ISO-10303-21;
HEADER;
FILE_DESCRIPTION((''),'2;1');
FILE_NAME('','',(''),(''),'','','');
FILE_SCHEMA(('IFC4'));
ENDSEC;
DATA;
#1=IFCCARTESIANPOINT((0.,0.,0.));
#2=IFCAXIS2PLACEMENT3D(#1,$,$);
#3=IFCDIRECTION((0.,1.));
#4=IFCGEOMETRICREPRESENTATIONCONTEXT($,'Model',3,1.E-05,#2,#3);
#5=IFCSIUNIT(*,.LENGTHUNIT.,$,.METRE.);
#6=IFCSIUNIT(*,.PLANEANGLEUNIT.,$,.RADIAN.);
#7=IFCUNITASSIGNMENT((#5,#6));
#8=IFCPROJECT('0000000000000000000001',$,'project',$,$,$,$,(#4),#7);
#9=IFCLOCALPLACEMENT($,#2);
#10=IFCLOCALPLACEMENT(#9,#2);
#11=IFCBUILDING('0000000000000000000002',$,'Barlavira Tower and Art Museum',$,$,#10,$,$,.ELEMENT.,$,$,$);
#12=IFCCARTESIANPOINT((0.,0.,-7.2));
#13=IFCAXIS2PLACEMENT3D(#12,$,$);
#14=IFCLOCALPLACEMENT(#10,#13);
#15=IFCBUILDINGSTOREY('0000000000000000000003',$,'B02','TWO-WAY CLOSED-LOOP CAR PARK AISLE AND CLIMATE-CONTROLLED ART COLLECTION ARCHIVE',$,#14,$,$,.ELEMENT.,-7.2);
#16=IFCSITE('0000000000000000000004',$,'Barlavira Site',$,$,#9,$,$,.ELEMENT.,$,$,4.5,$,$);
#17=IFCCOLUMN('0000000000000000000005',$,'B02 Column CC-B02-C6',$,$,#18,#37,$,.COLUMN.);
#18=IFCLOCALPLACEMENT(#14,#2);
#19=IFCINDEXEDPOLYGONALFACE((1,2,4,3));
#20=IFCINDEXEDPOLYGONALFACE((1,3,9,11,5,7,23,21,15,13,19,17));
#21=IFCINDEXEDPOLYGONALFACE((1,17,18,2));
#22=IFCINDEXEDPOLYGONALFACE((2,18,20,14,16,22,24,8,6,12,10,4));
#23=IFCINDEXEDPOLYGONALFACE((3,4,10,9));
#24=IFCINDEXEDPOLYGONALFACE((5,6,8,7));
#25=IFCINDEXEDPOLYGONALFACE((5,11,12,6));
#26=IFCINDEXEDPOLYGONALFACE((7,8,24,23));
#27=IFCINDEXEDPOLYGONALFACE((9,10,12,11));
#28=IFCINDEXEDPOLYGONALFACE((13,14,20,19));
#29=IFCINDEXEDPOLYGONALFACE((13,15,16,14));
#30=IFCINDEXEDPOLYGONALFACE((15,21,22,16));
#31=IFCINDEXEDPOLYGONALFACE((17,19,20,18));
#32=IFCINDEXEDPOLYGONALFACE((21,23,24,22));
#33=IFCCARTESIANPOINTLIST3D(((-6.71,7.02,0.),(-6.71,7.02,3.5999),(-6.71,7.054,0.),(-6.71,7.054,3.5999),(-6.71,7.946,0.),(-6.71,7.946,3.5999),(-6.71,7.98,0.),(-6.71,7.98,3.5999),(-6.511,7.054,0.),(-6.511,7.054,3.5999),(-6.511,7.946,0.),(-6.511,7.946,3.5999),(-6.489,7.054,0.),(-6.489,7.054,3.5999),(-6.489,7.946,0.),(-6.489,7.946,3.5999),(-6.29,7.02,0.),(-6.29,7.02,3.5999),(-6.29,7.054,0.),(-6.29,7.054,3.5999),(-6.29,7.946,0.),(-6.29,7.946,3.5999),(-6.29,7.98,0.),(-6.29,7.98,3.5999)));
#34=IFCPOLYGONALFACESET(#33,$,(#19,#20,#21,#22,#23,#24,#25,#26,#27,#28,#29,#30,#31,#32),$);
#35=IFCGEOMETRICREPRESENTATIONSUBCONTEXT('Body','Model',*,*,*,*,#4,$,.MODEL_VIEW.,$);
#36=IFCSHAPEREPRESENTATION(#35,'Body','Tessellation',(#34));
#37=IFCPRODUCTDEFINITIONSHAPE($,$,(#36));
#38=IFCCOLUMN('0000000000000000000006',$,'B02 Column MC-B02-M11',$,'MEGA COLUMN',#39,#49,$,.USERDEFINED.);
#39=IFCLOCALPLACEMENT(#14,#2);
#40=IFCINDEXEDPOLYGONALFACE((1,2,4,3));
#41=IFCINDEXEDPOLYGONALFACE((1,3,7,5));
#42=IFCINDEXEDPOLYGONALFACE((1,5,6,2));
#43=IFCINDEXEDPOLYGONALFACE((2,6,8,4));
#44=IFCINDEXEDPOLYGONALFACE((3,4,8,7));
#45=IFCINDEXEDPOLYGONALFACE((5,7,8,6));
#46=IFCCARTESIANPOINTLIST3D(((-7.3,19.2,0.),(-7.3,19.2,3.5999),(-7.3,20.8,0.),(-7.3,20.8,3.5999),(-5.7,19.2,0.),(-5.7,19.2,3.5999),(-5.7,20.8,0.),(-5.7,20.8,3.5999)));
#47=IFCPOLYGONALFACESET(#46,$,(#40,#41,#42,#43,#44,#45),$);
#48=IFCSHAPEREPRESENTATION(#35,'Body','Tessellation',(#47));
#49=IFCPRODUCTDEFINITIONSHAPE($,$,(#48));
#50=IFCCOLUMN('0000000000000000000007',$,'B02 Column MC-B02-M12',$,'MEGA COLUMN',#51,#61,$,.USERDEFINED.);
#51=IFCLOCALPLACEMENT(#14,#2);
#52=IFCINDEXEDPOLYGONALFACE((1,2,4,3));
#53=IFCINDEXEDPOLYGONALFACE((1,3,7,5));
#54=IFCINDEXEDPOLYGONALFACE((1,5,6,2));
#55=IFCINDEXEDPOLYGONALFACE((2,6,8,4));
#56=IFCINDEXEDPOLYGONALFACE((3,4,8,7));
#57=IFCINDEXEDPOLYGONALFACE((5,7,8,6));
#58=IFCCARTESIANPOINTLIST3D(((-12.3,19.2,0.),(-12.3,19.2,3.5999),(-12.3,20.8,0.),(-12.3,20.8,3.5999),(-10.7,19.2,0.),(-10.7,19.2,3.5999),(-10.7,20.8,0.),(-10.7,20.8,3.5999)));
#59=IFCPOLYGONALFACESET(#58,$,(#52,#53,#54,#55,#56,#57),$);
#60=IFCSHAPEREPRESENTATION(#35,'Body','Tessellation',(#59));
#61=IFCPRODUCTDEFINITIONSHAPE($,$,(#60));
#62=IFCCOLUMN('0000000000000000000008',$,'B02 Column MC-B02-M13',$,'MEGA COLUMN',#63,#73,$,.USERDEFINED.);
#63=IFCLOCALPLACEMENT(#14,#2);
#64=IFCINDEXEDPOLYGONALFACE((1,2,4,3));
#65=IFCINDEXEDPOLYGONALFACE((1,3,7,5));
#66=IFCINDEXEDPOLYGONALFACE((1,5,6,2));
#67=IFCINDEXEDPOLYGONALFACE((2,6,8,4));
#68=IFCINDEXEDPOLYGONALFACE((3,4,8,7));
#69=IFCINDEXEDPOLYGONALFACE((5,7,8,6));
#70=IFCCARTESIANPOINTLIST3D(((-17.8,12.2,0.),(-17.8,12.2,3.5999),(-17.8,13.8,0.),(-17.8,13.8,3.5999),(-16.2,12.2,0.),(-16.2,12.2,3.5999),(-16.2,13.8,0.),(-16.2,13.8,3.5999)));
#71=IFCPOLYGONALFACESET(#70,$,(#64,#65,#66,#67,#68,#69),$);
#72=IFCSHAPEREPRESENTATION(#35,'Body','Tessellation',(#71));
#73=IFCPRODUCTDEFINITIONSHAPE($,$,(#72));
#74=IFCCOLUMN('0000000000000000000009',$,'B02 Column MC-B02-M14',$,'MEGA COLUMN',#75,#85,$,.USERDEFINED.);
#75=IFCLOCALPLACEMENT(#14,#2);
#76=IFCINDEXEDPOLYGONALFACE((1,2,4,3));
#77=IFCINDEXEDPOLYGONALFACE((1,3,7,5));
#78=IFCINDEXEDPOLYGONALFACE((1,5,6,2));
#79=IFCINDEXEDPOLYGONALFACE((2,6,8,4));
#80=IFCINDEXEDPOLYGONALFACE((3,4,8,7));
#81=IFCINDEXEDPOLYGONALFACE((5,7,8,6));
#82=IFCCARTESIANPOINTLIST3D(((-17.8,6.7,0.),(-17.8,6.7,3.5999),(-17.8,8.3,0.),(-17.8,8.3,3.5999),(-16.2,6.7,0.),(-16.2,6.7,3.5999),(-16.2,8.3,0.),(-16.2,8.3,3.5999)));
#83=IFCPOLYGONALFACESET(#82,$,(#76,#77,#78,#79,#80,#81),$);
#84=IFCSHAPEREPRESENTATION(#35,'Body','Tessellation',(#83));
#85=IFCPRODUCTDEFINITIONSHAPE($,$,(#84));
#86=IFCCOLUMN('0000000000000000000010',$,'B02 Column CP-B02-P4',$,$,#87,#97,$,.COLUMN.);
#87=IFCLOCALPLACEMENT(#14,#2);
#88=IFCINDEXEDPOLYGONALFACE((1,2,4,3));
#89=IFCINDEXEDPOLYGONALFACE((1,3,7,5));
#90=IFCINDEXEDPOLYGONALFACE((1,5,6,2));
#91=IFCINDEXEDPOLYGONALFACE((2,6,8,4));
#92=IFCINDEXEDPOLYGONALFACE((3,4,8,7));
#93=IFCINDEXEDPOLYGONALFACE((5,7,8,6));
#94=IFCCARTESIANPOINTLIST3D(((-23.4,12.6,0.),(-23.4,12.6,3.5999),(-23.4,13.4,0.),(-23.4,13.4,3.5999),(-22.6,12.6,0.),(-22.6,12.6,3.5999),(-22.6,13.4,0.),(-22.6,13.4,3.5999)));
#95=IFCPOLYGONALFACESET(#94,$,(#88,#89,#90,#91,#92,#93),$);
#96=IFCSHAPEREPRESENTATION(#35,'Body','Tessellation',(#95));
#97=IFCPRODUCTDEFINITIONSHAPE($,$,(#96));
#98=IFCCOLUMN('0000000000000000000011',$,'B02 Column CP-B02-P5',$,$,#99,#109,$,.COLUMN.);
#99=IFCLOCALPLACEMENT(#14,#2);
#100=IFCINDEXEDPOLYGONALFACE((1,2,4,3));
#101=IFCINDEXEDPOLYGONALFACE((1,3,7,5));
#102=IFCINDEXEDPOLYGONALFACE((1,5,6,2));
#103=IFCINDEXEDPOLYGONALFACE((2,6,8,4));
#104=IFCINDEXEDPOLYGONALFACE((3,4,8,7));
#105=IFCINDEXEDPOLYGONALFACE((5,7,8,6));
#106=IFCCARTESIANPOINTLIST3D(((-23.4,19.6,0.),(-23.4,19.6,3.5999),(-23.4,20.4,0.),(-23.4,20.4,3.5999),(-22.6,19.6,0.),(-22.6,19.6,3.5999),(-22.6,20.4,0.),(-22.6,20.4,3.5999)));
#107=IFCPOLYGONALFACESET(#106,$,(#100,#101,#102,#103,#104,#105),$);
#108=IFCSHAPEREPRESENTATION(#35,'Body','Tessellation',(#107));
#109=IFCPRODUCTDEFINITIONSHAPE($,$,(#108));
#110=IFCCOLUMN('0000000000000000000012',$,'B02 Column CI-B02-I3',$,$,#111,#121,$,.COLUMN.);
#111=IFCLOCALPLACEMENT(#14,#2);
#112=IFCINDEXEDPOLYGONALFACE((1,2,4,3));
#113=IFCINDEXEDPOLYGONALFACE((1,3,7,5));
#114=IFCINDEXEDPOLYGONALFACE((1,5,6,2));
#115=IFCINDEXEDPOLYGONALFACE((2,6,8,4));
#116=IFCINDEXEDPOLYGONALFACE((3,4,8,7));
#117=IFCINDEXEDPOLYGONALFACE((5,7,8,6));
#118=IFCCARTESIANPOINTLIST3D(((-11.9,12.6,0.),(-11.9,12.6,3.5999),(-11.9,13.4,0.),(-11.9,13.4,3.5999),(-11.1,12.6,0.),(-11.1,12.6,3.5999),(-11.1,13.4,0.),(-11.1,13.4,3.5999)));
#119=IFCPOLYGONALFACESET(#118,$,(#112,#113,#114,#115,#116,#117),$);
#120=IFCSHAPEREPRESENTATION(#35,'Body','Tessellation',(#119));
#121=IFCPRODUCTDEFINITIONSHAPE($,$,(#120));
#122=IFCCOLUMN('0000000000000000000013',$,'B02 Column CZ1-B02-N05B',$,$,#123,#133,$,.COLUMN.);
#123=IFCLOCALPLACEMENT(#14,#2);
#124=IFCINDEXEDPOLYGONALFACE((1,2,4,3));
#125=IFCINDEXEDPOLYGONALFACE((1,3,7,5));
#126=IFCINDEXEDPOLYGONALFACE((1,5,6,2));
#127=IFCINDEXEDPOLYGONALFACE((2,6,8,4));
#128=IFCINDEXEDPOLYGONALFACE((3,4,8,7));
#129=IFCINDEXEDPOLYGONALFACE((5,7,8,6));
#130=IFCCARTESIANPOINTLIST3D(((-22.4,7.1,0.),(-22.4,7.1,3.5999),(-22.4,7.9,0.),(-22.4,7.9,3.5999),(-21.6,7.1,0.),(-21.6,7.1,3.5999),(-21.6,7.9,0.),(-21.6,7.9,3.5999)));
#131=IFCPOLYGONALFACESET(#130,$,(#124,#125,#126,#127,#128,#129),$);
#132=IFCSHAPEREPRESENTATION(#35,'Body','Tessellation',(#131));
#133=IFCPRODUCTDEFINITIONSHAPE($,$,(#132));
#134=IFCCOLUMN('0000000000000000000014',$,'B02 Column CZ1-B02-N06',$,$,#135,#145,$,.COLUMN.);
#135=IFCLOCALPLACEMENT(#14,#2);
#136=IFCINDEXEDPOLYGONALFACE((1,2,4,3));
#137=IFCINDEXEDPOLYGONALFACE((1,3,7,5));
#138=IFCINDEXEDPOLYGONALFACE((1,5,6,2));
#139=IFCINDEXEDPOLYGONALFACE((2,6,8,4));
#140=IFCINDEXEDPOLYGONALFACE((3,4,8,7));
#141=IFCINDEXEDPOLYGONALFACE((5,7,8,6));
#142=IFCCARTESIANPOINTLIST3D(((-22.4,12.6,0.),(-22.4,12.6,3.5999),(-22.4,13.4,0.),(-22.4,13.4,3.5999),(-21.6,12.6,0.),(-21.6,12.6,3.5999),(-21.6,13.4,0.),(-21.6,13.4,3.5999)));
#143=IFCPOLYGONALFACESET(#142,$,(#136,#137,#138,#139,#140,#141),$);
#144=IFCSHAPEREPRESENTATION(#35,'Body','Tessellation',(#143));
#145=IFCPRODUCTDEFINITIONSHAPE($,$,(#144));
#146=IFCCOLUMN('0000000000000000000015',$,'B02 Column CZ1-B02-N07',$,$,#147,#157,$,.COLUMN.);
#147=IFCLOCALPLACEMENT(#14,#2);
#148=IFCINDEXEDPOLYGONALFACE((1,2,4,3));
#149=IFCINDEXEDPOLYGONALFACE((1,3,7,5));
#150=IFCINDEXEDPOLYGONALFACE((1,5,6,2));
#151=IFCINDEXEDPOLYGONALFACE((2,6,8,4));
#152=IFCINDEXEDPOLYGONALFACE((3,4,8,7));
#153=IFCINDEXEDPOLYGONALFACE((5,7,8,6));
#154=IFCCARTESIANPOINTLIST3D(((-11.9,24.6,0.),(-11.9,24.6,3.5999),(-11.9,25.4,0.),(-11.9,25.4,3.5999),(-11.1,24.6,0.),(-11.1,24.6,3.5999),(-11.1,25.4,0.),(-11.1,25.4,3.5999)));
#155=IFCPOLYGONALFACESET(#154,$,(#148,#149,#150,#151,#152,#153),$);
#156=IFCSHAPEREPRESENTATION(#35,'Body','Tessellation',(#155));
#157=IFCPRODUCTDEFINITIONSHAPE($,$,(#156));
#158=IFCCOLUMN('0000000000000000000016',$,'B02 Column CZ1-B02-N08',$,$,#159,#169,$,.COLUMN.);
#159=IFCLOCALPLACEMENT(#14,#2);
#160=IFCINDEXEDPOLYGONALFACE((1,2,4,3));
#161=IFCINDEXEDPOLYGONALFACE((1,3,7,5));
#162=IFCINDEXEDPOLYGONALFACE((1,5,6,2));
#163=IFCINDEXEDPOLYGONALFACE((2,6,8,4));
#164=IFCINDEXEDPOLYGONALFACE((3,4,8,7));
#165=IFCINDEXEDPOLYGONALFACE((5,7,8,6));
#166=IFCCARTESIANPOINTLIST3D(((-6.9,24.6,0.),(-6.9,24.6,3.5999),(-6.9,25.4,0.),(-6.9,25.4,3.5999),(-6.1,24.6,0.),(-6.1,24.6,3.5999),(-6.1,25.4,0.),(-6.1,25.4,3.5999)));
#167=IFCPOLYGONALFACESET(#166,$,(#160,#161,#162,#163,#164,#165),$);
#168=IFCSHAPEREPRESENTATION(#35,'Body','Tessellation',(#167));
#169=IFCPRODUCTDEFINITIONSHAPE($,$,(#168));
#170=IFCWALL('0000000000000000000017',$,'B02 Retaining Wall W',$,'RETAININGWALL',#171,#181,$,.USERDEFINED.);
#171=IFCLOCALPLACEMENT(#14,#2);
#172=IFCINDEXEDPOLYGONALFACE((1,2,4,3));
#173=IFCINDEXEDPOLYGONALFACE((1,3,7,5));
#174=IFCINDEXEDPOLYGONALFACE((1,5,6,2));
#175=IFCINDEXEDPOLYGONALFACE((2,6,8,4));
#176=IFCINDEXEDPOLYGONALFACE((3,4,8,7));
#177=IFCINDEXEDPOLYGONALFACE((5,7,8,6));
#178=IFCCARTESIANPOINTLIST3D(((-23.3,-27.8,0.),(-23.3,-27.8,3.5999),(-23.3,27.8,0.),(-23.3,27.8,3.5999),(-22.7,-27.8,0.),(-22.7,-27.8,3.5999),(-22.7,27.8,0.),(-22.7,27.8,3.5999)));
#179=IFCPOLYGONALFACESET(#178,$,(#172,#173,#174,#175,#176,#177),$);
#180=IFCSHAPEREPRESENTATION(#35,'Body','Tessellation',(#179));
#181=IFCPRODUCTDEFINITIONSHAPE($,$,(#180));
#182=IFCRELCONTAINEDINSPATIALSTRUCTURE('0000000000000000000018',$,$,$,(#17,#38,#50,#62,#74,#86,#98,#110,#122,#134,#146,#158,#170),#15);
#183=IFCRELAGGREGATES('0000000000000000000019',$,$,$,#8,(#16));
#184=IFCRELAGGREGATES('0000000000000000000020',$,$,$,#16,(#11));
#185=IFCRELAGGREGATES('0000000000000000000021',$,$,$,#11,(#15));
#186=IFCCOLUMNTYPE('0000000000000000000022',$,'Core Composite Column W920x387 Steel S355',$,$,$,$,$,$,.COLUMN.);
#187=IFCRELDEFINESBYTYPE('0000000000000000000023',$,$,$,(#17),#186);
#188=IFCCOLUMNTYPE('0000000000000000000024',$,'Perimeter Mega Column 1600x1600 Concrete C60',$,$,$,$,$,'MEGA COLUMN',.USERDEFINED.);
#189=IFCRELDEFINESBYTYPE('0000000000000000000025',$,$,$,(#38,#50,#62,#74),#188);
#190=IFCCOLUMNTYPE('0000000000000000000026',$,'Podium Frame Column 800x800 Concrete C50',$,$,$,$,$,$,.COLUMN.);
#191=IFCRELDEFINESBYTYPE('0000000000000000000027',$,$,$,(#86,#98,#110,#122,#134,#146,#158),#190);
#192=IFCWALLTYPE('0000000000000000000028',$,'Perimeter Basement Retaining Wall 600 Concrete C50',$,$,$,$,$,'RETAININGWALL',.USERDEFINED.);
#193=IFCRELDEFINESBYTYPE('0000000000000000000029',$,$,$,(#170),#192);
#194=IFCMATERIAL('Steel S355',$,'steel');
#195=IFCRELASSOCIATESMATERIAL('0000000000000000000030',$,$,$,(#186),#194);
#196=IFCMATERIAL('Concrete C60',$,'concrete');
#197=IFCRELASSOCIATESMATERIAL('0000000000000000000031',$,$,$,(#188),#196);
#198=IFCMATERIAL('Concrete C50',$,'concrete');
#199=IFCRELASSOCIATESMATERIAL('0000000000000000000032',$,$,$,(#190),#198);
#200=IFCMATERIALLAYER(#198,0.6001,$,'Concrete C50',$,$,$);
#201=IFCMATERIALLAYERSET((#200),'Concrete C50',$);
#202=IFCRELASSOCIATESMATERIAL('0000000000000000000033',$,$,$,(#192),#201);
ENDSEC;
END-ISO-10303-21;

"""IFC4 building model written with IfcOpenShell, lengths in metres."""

from ifc_helpers import new_model, si_unit, direction, frame, frame_2d, origin, origin_2d, place, context, subcontext, project, spatial, rectangle, i_section, extrude, material, layer, layer_set, material_profile, profile_set, type_object, element, save


model = new_model("IFC4")

# Units and contexts
model_context = context("Model", 3, precision=1e-05, world=origin(), true_north=direction((0.0, 1.0)))
body_context = subcontext(model_context, "Body", "Model", "MODEL_VIEW")
ifc_project = project(units=[si_unit("LENGTHUNIT", "METRE"), si_unit("PLANEANGLEUNIT", "RADIAN")], contexts=[model_context])

# Site, building, storey
site_placement = place(None, origin())
site = spatial("IfcSite", under=ifc_project, at=site_placement, Name="Barlavira Site", CompositionType="ELEMENT", RefElevation=4.5)
building_placement = place(site_placement, origin())
building = spatial("IfcBuilding", under=site, at=building_placement, Name="Barlavira Tower and Art Museum", CompositionType="ELEMENT")
storey_placement = place(building_placement, frame((0.0, 0.0, -7.2)))
storey = spatial("IfcBuildingStorey", under=building, at=storey_placement, Name="B02", Description="TWO-WAY CLOSED-LOOP CAR PARK AISLE AND CLIMATE-CONTROLLED ART COLLECTION ARCHIVE", CompositionType="ELEMENT", Elevation=-7.2)

# Shared definitions
ifc_material_1 = material(Name="Concrete C50", Category="concrete")

# Columns
ifc_material_2 = material(Name="Steel S355", Category="steel")
ifc_material_profile_1 = material_profile(ifc_material_2, i_section(OverallWidth=0.4199, OverallDepth=0.96, WebThickness=0.022, FlangeThickness=0.0339, at=origin_2d()), Name="W920x387.0")
ifc_profile_set_1 = profile_set([ifc_material_profile_1], Name="Steel S355")
column_type_1 = type_object("IfcColumnType", Name="Core Composite Column W920x387 Steel S355", PredefinedType="COLUMN", material=ifc_profile_set_1)
column_placement = place(storey_placement, frame((-6.5, 7.5, 0.0), z_axis=(0.0, 0.0, 1.0), x_axis=(1.0, 0.0, 0.0)))
element("IfcColumn", 1, at=column_placement, inside=storey, type_object=column_type_1, Name="B02 Column CC-B02-C6", PredefinedType="COLUMN", context=body_context, shape_type="SweptSolid", body=[
    extrude(i_section(OverallWidth=0.4199, OverallDepth=0.96, WebThickness=0.022, FlangeThickness=0.0339, at=origin_2d()), origin(), (0.0, 0.0, 1.0), 3.5999),
])
ifc_material_3 = material(Name="Concrete C60", Category="concrete")
ifc_material_profile_2 = material_profile(ifc_material_3, rectangle(XDim=1.6001, YDim=1.6001, at=origin_2d()), Name="RC-MCOL 1600x1600")
ifc_profile_set_2 = profile_set([ifc_material_profile_2], Name="Concrete C60")
column_type_2 = type_object("IfcColumnType", Name="Perimeter Mega Column 1600x1600 Concrete C60", ElementType="MEGA COLUMN", PredefinedType="USERDEFINED", material=ifc_profile_set_2)
for number, where, z_axis, x_axis, name in (
    (2, (-6.5, 20.0, 0.0), (0.0, 0.0, 1.0), (1.0, 0.0, 0.0), "B02 Column MC-B02-M11"),
    (3, (-11.5, 20.0, 0.0), (0.0, 0.0, 1.0), (1.0, 0.0, 0.0), "B02 Column MC-B02-M12"),
    (4, (-17.0, 13.0, 0.0), (0.0, 0.0, 1.0), (1.0, 0.0, 0.0), "B02 Column MC-B02-M13"),
    (5, (-17.0, 7.5, 0.0), (0.0, 0.0, 1.0), (1.0, 0.0, 0.0), "B02 Column MC-B02-M14"),
):
    element("IfcColumn", number, at=place(storey_placement, frame(where, z_axis=z_axis, x_axis=x_axis)), inside=storey, type_object=column_type_2, Name=name, ObjectType="MEGA COLUMN", PredefinedType="USERDEFINED", context=body_context, shape_type="SweptSolid", body=[
        extrude(rectangle(XDim=1.6001, YDim=1.6001, at=origin_2d()), origin(), (0.0, 0.0, 1.0), 3.5999),
    ])
ifc_material_profile_3 = material_profile(ifc_material_1, rectangle(XDim=0.8, YDim=0.8, at=origin_2d()), Name="RC-COL 800x800")
ifc_profile_set_3 = profile_set([ifc_material_profile_3], Name="Concrete C50")
column_type_3 = type_object("IfcColumnType", Name="Podium Frame Column 800x800 Concrete C50", PredefinedType="COLUMN", material=ifc_profile_set_3)
for number, where, z_axis, x_axis, name in (
    (6, (-23.0, 13.0, 0.0), (0.0, 0.0, 1.0), (1.0, 0.0, 0.0), "B02 Column CP-B02-P4"),
    (7, (-23.0, 20.0, 0.0), (0.0, 0.0, 1.0), (1.0, 0.0, 0.0), "B02 Column CP-B02-P5"),
    (8, (-11.5, 13.0, 0.0), (0.0, 0.0, 1.0), (1.0, 0.0, 0.0), "B02 Column CI-B02-I3"),
    (9, (-22.0, 7.5, 0.0), (0.0, 0.0, 1.0), (1.0, 0.0, 0.0), "B02 Column CZ1-B02-N05B"),
    (10, (-22.0, 13.0, 0.0), (0.0, 0.0, 1.0), (1.0, 0.0, 0.0), "B02 Column CZ1-B02-N06"),
    (11, (-11.5, 25.0, 0.0), (0.0, 0.0, 1.0), (1.0, 0.0, 0.0), "B02 Column CZ1-B02-N07"),
    (12, (-6.5, 25.0, 0.0), (0.0, 0.0, 1.0), (1.0, 0.0, 0.0), "B02 Column CZ1-B02-N08"),
):
    element("IfcColumn", number, at=place(storey_placement, frame(where, z_axis=z_axis, x_axis=x_axis)), inside=storey, type_object=column_type_3, Name=name, PredefinedType="COLUMN", context=body_context, shape_type="SweptSolid", body=[
        extrude(rectangle(XDim=0.8, YDim=0.8, at=origin_2d()), origin(), (0.0, 0.0, 1.0), 3.5999),
    ])

# Wall
ifc_layer_1 = layer(ifc_material_1, 0.6001, Name="Concrete C50")
ifc_layer_set_1 = layer_set([ifc_layer_1], Name="Concrete C50")
wall_type_1 = type_object("IfcWallType", Name="Perimeter Basement Retaining Wall 600 Concrete C50", ElementType="RETAININGWALL", PredefinedType="USERDEFINED", material=ifc_layer_set_1)
wall_1_placement = place(storey_placement, frame((-23.0, 27.8, 0.0), z_axis=(0.0, 0.0, 1.0), x_axis=(0.0, -1.0, 0.0)))
element("IfcWall", 13, at=wall_1_placement, inside=storey, type_object=wall_type_1, Name="B02 Retaining Wall W", ObjectType="RETAININGWALL", PredefinedType="USERDEFINED", context=body_context, shape_type="SweptSolid", body=[
    extrude(rectangle(XDim=55.6001, YDim=0.6001, at=frame_2d((27.8, 0.0))), origin(), (0.0, 0.0, 1.0), 3.5999),
])

save(model, "model.ifc")
